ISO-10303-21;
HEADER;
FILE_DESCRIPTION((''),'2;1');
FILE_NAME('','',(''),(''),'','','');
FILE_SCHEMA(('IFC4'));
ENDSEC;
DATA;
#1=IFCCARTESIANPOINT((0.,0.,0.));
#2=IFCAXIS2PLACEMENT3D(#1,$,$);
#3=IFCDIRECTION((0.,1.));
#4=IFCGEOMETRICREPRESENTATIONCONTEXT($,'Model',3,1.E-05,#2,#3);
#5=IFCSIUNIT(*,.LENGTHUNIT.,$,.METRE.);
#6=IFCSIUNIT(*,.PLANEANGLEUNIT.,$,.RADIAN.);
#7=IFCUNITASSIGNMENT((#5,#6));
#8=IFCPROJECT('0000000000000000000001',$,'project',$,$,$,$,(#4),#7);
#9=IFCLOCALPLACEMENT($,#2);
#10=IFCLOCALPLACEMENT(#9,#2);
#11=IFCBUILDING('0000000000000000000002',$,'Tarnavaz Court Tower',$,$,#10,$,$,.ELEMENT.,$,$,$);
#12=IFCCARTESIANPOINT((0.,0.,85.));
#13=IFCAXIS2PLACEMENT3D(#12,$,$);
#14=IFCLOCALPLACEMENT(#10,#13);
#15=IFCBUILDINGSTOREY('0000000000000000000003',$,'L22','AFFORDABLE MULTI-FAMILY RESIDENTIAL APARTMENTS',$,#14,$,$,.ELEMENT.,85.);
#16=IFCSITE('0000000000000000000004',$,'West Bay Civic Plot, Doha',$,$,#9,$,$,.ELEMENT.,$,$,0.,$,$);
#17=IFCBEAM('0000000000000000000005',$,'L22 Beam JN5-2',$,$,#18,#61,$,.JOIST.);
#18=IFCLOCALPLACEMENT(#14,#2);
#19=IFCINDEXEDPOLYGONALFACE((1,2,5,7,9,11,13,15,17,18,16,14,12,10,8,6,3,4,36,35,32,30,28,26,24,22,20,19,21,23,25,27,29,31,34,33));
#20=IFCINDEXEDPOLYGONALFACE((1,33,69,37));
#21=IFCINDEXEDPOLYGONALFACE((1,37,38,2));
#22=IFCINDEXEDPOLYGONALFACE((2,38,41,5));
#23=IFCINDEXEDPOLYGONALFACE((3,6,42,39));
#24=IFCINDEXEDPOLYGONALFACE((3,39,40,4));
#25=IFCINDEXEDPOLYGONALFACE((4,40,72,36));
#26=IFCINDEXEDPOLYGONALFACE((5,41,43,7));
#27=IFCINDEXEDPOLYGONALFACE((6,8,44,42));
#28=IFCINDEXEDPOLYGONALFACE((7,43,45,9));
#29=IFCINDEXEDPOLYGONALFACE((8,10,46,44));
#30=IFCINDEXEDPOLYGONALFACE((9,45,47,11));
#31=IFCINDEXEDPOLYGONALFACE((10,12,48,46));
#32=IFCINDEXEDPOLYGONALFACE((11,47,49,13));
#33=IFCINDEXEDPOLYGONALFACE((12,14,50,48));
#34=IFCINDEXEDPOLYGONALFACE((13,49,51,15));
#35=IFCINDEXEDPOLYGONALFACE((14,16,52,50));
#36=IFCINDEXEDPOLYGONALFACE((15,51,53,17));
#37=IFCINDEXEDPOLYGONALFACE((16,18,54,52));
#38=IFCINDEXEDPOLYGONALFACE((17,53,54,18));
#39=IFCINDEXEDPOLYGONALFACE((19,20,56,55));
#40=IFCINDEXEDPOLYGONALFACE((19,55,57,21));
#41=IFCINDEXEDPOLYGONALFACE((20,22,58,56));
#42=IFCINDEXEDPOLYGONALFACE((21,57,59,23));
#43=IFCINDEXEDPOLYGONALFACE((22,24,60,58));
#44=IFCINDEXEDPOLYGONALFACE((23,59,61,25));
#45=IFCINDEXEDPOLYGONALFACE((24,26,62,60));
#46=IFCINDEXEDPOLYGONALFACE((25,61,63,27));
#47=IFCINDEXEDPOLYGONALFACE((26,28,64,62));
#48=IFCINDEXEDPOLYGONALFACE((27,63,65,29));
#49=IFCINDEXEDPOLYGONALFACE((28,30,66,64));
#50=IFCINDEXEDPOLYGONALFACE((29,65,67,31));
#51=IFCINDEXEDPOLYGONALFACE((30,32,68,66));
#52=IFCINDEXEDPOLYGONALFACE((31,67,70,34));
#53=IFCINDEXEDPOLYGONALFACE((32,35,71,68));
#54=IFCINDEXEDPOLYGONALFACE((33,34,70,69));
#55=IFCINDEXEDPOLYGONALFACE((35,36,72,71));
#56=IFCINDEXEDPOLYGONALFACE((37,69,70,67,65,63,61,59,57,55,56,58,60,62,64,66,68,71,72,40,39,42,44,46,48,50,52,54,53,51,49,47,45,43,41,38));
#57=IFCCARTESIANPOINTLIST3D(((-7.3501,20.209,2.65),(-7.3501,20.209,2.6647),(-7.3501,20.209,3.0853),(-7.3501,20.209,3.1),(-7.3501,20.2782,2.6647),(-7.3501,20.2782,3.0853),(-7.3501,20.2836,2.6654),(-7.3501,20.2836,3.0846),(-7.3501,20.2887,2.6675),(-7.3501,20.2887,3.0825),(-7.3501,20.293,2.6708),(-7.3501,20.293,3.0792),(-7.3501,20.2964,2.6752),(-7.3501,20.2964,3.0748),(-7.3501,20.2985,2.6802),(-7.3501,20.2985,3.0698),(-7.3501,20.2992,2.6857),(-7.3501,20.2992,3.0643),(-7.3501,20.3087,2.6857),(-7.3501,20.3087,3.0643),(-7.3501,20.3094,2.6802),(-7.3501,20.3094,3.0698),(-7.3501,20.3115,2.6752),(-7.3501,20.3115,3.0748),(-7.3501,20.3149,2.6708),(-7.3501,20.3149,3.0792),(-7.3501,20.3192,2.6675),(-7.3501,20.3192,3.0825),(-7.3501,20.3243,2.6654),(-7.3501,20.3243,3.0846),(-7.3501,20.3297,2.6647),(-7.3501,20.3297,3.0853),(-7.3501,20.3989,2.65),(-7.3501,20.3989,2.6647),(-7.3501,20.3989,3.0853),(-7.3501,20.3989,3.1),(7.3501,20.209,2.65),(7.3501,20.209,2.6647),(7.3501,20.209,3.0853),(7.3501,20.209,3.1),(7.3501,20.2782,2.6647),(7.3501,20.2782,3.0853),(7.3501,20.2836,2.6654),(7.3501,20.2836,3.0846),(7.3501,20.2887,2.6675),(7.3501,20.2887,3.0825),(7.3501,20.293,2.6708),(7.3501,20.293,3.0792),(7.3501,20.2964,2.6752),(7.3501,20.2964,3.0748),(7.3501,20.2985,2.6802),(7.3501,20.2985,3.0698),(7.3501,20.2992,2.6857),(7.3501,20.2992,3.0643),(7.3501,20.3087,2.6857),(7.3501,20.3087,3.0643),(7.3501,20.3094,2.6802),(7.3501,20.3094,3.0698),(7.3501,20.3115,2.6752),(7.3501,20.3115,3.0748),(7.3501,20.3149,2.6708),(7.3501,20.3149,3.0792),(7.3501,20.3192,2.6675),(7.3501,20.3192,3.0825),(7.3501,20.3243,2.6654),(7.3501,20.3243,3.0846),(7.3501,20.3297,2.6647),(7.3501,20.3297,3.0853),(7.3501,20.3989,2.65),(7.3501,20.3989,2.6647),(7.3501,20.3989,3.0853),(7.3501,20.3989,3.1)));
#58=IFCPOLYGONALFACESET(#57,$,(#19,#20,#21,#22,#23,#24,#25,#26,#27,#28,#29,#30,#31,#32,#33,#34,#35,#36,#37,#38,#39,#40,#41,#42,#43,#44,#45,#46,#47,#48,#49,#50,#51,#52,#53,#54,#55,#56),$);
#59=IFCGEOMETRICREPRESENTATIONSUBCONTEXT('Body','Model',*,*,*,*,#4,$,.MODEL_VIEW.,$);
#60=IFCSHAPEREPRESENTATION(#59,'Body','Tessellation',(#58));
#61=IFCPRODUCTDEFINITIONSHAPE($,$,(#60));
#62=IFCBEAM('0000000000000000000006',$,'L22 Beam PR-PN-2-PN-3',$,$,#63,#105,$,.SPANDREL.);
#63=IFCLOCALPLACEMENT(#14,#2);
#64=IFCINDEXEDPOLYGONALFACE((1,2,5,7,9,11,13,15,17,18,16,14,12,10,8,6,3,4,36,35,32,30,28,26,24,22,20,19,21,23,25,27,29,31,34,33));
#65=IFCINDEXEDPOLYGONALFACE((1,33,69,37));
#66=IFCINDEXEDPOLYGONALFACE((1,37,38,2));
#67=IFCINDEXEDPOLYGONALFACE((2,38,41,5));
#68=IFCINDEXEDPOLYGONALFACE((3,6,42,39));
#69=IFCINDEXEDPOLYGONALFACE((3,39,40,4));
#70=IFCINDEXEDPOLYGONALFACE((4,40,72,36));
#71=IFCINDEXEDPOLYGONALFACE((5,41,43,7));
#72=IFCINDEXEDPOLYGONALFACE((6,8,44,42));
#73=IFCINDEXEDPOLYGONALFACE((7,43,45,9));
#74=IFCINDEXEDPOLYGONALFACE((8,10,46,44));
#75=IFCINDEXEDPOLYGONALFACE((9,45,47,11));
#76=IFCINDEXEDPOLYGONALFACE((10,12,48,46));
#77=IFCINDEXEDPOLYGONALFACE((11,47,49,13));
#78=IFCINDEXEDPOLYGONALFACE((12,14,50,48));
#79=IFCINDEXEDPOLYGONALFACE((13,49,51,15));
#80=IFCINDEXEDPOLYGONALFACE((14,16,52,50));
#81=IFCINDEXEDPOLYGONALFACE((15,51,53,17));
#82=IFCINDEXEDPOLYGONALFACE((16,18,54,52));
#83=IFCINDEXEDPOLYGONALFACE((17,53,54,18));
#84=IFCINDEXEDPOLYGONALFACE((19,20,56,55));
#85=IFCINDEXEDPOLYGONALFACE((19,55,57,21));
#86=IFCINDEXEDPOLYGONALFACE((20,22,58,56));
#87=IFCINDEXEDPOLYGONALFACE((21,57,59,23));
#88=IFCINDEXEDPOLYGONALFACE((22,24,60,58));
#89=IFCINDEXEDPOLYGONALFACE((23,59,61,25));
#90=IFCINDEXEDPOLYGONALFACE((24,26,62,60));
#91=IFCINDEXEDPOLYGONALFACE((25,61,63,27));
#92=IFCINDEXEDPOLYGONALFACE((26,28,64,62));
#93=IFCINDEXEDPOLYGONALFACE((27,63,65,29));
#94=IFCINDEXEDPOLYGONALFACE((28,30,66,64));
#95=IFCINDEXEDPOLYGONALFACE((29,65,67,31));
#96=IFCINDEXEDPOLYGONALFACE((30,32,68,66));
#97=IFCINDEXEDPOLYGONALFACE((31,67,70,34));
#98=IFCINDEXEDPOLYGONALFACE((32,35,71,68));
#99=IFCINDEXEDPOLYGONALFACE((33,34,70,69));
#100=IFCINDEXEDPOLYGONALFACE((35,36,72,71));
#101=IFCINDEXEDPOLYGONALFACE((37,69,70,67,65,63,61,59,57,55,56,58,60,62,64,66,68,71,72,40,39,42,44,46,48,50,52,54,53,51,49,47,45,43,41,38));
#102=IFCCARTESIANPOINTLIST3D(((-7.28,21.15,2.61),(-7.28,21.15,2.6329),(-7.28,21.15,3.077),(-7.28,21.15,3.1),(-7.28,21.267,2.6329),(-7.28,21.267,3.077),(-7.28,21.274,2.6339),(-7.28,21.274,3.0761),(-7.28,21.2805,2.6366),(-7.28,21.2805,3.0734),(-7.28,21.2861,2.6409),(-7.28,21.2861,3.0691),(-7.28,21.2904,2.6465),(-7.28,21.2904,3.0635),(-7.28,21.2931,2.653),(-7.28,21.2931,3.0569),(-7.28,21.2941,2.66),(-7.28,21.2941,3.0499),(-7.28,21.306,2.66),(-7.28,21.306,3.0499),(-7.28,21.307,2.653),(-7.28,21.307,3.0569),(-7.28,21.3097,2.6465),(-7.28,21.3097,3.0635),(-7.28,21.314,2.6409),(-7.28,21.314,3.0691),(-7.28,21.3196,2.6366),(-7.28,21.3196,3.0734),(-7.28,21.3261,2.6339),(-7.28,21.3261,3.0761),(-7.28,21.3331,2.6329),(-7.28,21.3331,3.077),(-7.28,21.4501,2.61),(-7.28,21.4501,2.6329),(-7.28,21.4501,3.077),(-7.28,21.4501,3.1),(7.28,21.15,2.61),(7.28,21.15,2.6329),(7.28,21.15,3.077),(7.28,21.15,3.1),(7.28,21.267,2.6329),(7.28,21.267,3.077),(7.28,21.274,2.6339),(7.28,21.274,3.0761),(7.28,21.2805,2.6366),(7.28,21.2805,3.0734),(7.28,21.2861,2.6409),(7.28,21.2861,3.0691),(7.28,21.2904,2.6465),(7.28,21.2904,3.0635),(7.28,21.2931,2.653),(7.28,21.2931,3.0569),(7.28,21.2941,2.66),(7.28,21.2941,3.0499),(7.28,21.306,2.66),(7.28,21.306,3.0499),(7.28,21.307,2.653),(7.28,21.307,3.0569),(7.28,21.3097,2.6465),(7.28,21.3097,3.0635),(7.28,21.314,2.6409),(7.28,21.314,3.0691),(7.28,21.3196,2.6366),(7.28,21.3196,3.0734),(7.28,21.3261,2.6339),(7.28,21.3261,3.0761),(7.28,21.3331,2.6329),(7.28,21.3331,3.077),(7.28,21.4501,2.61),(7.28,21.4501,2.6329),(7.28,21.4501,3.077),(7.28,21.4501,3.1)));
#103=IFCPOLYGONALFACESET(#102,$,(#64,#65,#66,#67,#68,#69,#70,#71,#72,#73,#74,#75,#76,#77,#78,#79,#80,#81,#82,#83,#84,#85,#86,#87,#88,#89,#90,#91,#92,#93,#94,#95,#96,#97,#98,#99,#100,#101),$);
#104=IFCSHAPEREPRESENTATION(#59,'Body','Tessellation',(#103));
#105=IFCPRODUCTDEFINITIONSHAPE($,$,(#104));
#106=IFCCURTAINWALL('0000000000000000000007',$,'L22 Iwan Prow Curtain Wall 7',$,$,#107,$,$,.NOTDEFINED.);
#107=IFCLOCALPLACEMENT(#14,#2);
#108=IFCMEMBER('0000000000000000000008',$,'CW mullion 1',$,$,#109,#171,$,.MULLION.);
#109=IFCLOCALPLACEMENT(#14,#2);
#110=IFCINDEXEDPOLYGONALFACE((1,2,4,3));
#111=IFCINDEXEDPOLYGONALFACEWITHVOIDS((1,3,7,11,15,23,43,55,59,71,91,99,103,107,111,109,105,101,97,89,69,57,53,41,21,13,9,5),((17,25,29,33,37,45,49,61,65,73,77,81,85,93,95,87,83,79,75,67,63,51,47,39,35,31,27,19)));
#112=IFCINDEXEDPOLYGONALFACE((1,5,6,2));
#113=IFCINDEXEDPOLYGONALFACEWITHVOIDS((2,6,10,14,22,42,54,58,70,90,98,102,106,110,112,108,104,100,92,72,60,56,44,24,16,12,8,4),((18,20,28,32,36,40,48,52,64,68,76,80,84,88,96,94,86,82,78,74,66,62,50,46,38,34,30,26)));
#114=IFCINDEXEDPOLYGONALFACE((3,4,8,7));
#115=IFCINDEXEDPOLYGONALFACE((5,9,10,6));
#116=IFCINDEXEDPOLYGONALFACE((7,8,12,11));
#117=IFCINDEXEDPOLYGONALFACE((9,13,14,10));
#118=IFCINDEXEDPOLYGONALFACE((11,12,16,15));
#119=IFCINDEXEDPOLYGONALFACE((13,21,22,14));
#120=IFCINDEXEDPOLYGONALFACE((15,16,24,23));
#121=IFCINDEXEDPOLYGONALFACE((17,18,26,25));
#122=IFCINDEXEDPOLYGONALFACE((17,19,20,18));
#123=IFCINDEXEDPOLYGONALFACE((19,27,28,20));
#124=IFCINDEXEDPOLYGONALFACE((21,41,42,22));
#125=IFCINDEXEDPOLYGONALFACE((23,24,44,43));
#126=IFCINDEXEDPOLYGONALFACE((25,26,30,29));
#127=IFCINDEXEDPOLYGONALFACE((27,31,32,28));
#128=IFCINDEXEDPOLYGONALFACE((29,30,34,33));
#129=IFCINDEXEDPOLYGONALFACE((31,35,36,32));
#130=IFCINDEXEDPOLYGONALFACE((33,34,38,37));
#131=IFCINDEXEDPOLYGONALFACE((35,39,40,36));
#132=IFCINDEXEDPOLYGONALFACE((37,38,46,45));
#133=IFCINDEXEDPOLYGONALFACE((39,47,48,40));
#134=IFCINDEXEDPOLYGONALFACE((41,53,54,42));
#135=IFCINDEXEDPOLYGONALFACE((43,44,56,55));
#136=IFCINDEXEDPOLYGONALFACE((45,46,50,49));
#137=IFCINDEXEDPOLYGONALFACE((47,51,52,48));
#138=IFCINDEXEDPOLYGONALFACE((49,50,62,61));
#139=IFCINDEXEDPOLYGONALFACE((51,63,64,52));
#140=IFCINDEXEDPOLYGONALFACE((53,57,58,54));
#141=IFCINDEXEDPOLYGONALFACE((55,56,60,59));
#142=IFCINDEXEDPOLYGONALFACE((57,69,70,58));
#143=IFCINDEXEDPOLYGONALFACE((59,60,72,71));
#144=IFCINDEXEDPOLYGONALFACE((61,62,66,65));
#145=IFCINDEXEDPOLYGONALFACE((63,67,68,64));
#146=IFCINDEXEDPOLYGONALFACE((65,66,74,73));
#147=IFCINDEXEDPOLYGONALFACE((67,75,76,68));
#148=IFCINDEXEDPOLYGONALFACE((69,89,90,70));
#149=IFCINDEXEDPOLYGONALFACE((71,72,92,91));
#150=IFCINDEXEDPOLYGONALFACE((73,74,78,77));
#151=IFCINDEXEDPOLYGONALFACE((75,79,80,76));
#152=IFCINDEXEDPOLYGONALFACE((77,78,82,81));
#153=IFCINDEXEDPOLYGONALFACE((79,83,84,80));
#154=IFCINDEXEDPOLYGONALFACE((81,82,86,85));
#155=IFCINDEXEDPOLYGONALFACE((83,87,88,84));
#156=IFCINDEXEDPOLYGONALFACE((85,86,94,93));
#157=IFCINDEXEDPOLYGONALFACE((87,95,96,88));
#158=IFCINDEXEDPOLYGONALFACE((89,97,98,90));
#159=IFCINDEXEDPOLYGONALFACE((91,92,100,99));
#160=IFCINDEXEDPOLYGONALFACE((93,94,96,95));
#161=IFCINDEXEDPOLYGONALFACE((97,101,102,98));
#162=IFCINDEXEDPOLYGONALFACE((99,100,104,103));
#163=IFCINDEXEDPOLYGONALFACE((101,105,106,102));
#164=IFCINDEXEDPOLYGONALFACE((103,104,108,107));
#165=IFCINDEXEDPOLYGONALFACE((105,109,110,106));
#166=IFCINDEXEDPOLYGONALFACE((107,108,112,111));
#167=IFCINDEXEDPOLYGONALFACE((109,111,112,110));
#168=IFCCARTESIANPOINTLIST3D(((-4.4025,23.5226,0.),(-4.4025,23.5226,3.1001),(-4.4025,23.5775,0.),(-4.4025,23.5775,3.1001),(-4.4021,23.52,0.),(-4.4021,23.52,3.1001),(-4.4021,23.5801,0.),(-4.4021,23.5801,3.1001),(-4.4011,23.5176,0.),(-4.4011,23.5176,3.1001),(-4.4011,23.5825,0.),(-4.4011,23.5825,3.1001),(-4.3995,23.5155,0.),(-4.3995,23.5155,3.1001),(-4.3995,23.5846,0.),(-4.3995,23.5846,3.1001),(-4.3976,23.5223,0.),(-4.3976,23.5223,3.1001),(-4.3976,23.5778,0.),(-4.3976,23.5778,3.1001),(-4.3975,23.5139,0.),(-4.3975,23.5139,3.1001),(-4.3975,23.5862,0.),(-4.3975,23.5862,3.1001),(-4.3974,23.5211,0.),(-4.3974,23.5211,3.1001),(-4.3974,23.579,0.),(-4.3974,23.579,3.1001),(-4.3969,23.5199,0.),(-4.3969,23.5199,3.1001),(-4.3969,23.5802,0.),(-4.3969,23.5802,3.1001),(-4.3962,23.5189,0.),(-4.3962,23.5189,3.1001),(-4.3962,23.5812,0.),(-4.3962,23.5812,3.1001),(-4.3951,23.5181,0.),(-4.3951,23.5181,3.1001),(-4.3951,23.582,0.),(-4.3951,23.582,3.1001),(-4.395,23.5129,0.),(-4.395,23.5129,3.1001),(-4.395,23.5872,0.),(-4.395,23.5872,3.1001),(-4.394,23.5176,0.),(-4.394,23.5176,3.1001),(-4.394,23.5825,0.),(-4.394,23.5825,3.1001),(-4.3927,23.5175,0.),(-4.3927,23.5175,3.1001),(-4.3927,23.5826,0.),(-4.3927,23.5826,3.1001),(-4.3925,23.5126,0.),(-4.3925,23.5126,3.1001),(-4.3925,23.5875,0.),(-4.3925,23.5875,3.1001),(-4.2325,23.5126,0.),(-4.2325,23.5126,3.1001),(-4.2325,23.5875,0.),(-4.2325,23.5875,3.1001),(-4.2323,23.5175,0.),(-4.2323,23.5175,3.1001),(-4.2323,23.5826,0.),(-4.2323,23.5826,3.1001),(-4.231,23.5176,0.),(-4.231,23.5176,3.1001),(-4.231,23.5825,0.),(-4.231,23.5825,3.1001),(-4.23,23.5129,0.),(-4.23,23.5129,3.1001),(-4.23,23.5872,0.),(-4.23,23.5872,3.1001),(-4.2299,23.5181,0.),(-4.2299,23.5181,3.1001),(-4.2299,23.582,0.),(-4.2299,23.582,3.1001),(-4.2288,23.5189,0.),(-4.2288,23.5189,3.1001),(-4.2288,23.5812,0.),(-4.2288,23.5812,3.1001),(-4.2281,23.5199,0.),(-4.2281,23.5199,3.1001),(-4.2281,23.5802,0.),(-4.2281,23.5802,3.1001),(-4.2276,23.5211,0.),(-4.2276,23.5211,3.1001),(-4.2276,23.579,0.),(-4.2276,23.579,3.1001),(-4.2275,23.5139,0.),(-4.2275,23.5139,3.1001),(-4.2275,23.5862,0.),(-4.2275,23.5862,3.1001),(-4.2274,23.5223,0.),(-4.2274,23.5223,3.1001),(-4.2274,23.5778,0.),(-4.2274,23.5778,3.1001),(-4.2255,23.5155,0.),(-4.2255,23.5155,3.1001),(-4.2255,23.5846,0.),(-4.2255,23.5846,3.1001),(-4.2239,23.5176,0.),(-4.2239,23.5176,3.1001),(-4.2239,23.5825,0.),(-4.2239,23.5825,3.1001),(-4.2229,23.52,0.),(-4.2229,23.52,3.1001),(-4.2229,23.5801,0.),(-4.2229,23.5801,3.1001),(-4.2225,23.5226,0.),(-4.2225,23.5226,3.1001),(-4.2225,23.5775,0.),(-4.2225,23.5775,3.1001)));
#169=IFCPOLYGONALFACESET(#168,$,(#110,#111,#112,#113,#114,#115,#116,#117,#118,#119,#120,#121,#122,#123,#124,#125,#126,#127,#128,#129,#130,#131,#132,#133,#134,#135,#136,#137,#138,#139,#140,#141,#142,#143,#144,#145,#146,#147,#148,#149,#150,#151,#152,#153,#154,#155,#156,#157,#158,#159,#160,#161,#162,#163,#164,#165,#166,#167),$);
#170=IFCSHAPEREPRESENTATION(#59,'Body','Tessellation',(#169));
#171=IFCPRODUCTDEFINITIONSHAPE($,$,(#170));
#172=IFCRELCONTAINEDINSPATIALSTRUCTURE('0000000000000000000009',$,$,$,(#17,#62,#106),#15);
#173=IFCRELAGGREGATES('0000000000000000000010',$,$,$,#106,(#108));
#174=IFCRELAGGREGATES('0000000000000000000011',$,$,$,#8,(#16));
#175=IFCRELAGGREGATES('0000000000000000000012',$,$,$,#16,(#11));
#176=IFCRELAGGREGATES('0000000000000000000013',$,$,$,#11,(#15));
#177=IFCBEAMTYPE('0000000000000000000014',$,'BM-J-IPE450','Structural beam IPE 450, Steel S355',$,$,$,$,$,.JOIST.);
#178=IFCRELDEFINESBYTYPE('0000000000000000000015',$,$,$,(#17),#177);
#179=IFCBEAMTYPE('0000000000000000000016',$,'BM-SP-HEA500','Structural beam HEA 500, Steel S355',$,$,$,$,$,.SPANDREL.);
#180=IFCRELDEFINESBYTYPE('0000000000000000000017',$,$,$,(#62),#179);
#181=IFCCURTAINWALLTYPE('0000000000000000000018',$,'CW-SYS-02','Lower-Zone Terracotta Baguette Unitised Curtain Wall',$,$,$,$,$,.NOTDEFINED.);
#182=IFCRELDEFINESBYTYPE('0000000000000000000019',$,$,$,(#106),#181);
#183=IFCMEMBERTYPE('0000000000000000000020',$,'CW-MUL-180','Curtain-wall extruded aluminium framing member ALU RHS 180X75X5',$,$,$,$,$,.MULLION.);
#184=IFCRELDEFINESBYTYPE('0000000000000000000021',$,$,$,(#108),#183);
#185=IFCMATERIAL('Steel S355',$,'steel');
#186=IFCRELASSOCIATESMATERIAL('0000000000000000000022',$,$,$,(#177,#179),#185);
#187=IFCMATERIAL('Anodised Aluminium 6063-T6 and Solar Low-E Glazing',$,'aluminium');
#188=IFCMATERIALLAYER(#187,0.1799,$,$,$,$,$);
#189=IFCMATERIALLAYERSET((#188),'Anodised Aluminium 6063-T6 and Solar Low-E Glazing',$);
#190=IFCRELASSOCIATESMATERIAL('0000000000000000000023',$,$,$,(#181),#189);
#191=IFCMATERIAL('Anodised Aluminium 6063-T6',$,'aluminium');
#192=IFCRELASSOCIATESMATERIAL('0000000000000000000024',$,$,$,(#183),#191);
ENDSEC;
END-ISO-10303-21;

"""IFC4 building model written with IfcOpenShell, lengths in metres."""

from ifc_helpers import new_model, si_unit, direction, frame, origin, origin_2d, place, context, subcontext, project, spatial, hollow_rectangle, i_section, extrude, material, layer, layer_set, material_profile, profile_set, type_object, element, aggregate, save


model = new_model("IFC4")

# Units and contexts
model_context = context("Model", 3, precision=1e-05, world=origin(), true_north=direction((0.0, 1.0)))
body_context = subcontext(model_context, "Body", "Model", "MODEL_VIEW")
ifc_project = project(units=[si_unit("LENGTHUNIT", "METRE"), si_unit("PLANEANGLEUNIT", "RADIAN")], contexts=[model_context])

# Site, building, storey
site_placement = place(None, origin())
site = spatial("IfcSite", under=ifc_project, at=site_placement, Name="West Bay Civic Plot, Doha", CompositionType="ELEMENT", RefElevation=0.0)
building_placement = place(site_placement, origin())
building = spatial("IfcBuilding", under=site, at=building_placement, Name="Tarnavaz Court Tower", CompositionType="ELEMENT")
storey_placement = place(building_placement, frame((0.0, 0.0, 85.0)))
storey = spatial("IfcBuildingStorey", under=building, at=storey_placement, Name="L22", Description="AFFORDABLE MULTI-FAMILY RESIDENTIAL APARTMENTS", CompositionType="ELEMENT", Elevation=85.0)

# Beams
ifc_material_1 = material(Name="Steel S355", Category="steel")
ifc_material_profile_1 = material_profile(ifc_material_1, i_section(OverallWidth=0.1899, OverallDepth=0.45, WebThickness=0.0095, FlangeThickness=0.0146, FilletRadius=0.021, at=origin_2d()), Name="IPE 450")
ifc_profile_set_1 = profile_set([ifc_material_profile_1], Name="Steel S355")
beam_type_1 = type_object("IfcBeamType", Name="BM-J-IPE450", Description="Structural beam IPE 450, Steel S355", PredefinedType="JOIST", material=ifc_profile_set_1)
for number, where, z_axis, x_axis, name in (
    (1, (-7.3501, 20.304, 2.875), (1.0, 0.0, 0.0), (0.0, 1.0, 0.0), "L22 Beam JN5-2"),
):
    element("IfcBeam", number, at=place(storey_placement, frame(where, z_axis=z_axis, x_axis=x_axis)), inside=storey, type_object=beam_type_1, Name=name, PredefinedType="JOIST", context=body_context, shape_type="SweptSolid", body=[
        extrude(i_section(OverallWidth=0.1899, OverallDepth=0.45, WebThickness=0.0095, FlangeThickness=0.0146, FilletRadius=0.021, at=origin_2d()), origin(), (0.0, 0.0, 1.0), 14.7002),
    ])
ifc_material_profile_2 = material_profile(ifc_material_1, i_section(OverallWidth=0.3, OverallDepth=0.49, WebThickness=0.012, FlangeThickness=0.0229, FilletRadius=0.0271, at=origin_2d()), Name="HEA 500")
ifc_profile_set_2 = profile_set([ifc_material_profile_2], Name="Steel S355")
beam_type_2 = type_object("IfcBeamType", Name="BM-SP-HEA500", Description="Structural beam HEA 500, Steel S355", PredefinedType="SPANDREL", material=ifc_profile_set_2)
beam_placement = place(storey_placement, frame((-7.28, 21.3, 2.855), z_axis=(1.0, 0.0, 0.0), x_axis=(0.0, 1.0, 0.0)))
element("IfcBeam", 2, at=beam_placement, inside=storey, type_object=beam_type_2, Name="L22 Beam PR-PN-2-PN-3", PredefinedType="SPANDREL", context=body_context, shape_type="SweptSolid", body=[
    extrude(i_section(OverallWidth=0.3, OverallDepth=0.49, WebThickness=0.012, FlangeThickness=0.0229, FilletRadius=0.0271, at=origin_2d()), origin(), (0.0, 0.0, 1.0), 14.5601),
])

# Curtain wall, member
ifc_material_2 = material(Name="Anodised Aluminium 6063-T6 and Solar Low-E Glazing", Category="aluminium")
ifc_layer_1 = layer(ifc_material_2, 0.1799)
ifc_layer_set_1 = layer_set([ifc_layer_1], Name="Anodised Aluminium 6063-T6 and Solar Low-E Glazing")
curtain_wall_type = type_object("IfcCurtainWallType", Name="CW-SYS-02", Description="Lower-Zone Terracotta Baguette Unitised Curtain Wall", PredefinedType="NOTDEFINED", material=ifc_layer_set_1)
curtain_wall_placement = place(storey_placement, origin())
curtain_wall = element("IfcCurtainWall", 3, at=curtain_wall_placement, inside=storey, type_object=curtain_wall_type, Name="L22 Iwan Prow Curtain Wall 7", PredefinedType="NOTDEFINED")
ifc_material_3 = material(Name="Anodised Aluminium 6063-T6", Category="aluminium")
ifc_material_profile_3 = material_profile(ifc_material_3, hollow_rectangle(XDim=0.075, YDim=0.1799, WallThickness=0.0049, InnerFilletRadius=0.0049, OuterFilletRadius=0.01, at=origin_2d()), Name="ALU RHS 180X75X5")
ifc_profile_set_3 = profile_set([ifc_material_profile_3], Name="Anodised Aluminium 6063-T6")
member_type_1 = type_object("IfcMemberType", Name="CW-MUL-180", Description="Curtain-wall extruded aluminium framing member ALU RHS 180X75X5", PredefinedType="MULLION", material=ifc_profile_set_3)
member_1_placement = place(storey_placement, frame((-4.3125, 23.55, 0.0), z_axis=(0.0, 0.0, 1.0), x_axis=(0.0, 1.0, 0.0)))
member_1 = element("IfcMember", 4, at=member_1_placement, type_object=member_type_1, Name="CW mullion 1", PredefinedType="MULLION", context=body_context, shape_type="SweptSolid", body=[
    extrude(hollow_rectangle(XDim=0.075, YDim=0.1799, WallThickness=0.0049, InnerFilletRadius=0.0049, OuterFilletRadius=0.01, at=origin_2d()), origin(), (0.0, 0.0, 1.0), 3.1001),
])
aggregate(curtain_wall, [member_1])

save(model, "model.ifc")
